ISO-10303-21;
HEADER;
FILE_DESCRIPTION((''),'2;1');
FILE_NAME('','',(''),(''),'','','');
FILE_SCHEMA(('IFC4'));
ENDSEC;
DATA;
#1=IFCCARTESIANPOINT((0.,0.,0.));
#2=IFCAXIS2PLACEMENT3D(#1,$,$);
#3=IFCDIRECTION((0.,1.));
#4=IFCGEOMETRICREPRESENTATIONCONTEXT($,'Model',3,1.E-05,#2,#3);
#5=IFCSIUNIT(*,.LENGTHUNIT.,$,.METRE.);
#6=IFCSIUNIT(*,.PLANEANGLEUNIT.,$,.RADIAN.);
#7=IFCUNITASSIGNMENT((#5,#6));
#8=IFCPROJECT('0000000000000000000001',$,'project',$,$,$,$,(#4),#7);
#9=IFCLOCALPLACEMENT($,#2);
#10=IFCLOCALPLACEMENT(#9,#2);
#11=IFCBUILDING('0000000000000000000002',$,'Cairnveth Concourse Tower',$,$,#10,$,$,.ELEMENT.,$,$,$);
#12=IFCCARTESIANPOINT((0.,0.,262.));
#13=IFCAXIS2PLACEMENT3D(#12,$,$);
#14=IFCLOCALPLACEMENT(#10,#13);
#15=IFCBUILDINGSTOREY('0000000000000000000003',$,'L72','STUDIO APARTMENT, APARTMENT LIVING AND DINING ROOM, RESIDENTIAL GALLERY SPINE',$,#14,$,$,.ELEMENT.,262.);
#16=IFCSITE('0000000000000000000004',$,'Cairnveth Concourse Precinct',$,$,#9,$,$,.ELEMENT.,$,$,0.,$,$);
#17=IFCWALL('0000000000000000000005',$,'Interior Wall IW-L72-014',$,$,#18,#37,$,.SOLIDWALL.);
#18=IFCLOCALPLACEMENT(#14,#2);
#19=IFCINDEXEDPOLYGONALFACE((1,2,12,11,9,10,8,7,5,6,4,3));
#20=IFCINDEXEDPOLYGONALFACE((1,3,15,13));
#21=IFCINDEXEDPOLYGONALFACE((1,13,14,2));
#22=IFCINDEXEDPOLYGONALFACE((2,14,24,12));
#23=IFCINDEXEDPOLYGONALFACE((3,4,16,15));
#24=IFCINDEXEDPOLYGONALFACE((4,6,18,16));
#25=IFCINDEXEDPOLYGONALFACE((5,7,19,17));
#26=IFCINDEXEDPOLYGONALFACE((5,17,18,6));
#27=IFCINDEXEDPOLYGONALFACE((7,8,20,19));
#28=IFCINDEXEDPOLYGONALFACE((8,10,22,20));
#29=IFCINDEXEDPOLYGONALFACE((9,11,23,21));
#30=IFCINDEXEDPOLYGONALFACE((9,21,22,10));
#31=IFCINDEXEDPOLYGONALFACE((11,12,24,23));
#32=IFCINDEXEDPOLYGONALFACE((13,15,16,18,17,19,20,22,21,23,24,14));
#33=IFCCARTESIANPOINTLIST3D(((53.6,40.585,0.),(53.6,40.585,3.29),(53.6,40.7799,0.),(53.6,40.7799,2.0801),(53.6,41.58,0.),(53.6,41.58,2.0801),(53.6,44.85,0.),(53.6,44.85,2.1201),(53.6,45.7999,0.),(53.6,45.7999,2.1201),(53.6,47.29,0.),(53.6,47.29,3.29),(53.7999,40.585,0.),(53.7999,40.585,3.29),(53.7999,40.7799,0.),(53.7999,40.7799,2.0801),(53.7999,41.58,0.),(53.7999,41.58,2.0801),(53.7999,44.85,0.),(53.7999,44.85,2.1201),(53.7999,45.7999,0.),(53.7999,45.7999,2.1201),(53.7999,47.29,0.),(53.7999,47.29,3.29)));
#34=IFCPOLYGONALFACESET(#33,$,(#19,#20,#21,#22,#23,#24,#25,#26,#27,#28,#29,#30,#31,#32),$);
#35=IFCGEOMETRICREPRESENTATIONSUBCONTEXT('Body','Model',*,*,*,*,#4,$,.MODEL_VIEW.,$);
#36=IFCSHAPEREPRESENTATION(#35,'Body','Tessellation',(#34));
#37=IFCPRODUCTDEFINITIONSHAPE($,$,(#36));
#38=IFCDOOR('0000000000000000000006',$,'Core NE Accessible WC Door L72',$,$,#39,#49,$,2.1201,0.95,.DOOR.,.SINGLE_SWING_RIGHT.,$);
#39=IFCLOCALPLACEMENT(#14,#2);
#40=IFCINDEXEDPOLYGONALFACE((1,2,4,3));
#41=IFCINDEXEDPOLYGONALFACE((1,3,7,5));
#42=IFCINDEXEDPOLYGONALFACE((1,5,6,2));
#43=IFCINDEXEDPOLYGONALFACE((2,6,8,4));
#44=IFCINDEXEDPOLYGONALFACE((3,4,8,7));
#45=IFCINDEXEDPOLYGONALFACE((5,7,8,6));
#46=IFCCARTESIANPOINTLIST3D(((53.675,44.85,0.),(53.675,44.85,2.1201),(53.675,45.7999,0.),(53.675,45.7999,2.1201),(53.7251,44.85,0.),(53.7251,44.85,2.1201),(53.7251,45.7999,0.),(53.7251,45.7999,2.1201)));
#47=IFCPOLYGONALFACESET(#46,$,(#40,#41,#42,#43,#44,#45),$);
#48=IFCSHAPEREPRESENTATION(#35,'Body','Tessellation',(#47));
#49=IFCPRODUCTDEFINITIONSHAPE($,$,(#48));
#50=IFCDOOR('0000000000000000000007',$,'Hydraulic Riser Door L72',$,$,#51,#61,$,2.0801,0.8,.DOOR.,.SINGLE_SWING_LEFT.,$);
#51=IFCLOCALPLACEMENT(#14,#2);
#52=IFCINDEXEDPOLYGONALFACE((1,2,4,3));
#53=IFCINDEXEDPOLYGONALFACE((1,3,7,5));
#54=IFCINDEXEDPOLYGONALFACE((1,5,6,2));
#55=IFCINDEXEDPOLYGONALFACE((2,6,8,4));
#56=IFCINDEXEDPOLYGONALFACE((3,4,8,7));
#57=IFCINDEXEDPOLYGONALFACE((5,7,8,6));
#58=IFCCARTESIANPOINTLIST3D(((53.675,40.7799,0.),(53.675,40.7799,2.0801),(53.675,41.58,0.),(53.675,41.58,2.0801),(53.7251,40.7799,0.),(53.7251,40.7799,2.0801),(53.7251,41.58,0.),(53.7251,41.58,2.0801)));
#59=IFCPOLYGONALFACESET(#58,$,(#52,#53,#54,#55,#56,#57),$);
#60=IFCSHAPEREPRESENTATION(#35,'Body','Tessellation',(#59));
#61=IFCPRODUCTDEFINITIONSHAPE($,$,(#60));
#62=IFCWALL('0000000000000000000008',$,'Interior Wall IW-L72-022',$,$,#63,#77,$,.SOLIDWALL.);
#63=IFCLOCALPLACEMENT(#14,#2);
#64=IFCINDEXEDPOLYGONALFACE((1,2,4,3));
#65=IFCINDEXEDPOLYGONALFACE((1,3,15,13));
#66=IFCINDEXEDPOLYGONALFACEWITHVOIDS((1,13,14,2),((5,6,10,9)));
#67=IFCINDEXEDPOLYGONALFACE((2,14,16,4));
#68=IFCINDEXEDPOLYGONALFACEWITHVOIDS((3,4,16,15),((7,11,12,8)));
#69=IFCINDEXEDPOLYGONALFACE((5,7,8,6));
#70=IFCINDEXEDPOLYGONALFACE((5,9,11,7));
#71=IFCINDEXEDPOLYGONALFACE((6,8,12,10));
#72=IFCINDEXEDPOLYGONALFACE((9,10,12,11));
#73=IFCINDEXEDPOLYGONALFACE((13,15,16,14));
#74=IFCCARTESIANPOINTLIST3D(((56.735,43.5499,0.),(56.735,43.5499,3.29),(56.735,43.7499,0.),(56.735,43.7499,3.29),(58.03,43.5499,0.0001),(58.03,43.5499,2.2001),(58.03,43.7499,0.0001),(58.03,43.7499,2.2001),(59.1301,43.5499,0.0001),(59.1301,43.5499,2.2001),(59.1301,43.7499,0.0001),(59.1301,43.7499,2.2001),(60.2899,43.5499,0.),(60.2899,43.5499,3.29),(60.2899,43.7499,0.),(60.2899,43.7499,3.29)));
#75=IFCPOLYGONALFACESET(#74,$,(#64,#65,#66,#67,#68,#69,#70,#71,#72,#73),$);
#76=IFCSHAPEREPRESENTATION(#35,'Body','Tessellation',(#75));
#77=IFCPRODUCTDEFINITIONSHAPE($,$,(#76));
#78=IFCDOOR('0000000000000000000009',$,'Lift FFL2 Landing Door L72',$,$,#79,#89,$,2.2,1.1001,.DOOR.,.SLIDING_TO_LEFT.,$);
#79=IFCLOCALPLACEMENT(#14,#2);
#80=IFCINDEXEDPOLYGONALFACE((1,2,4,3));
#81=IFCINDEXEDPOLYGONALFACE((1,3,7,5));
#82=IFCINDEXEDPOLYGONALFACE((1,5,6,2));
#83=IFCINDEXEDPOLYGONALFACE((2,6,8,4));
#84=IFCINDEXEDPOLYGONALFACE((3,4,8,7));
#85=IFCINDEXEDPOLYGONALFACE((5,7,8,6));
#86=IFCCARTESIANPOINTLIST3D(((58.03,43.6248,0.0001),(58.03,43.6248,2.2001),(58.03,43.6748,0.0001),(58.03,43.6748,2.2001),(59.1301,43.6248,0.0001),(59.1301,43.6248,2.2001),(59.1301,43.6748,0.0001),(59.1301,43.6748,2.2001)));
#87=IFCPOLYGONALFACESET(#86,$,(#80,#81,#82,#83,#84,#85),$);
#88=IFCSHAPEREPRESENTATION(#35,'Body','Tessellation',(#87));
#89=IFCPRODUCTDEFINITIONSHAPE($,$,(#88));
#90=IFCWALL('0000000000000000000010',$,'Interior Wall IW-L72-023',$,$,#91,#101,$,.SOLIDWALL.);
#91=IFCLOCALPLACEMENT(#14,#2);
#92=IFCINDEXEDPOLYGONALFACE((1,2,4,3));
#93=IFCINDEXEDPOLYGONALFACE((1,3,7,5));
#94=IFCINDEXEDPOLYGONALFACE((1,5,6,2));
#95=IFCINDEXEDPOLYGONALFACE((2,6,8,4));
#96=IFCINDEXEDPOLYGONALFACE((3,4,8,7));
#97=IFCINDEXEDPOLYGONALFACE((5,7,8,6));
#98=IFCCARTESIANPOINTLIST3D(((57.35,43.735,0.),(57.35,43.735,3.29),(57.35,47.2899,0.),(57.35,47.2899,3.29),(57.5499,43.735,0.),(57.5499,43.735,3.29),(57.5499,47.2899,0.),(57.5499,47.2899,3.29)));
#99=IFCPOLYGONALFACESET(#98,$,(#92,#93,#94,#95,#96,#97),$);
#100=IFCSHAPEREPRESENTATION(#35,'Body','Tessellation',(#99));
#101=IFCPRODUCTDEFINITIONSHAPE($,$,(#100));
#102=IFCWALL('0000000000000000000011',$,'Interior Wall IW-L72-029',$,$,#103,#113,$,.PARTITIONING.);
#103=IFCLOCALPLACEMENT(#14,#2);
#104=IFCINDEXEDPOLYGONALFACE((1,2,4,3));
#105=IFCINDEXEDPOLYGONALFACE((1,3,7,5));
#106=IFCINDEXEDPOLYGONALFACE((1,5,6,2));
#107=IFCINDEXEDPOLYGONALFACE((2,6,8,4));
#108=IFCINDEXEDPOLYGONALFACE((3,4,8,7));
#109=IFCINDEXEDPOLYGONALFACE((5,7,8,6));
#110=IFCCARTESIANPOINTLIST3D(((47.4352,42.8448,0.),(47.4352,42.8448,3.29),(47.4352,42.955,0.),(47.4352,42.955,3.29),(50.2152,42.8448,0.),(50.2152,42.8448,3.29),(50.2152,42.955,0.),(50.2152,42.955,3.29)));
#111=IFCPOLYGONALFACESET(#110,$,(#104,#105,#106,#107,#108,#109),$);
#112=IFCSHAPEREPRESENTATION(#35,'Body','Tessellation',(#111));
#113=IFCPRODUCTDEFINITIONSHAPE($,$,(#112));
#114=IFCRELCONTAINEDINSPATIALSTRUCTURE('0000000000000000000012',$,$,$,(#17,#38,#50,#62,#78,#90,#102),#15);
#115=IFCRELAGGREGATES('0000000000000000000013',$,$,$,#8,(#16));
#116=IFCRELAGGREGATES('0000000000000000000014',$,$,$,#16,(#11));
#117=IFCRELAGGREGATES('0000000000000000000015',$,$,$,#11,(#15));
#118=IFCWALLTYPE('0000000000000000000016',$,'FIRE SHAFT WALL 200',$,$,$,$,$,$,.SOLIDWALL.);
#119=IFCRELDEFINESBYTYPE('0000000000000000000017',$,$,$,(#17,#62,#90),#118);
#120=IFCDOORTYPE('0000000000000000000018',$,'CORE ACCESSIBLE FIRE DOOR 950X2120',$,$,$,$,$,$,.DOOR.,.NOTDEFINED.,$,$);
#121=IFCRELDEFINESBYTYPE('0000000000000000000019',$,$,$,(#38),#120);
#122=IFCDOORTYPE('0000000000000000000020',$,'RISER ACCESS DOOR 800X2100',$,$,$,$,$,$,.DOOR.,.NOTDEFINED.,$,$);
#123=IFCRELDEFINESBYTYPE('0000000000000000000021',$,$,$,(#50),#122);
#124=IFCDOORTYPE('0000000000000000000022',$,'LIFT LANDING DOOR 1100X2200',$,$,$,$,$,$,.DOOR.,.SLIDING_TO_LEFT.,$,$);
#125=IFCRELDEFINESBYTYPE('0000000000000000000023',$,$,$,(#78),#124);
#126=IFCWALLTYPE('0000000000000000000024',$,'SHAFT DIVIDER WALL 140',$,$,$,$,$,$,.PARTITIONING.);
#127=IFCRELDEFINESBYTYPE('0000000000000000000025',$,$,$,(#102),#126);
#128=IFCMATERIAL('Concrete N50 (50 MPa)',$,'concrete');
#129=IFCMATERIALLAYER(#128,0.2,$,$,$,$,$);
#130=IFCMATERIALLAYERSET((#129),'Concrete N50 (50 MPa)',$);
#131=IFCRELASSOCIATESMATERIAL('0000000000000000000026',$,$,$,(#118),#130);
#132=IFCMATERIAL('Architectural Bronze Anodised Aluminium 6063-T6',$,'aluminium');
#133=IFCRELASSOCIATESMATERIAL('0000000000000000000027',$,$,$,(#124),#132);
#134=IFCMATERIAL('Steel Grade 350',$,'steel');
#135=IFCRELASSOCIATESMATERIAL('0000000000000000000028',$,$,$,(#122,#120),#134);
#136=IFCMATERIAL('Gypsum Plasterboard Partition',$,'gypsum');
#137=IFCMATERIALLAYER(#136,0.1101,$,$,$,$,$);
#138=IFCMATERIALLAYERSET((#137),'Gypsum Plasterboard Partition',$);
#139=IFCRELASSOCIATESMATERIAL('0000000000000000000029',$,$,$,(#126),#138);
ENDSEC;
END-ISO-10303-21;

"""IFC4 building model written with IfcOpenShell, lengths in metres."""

from ifc_helpers import new_model, si_unit, direction, frame, frame_2d, origin, place, context, subcontext, project, spatial, rectangle, extrude, material, layer, layer_set, type_object, element, fill, save


model = new_model("IFC4")

# Units and contexts
model_context = context("Model", 3, precision=1e-05, world=origin(), true_north=direction((0.0, 1.0)))
body_context = subcontext(model_context, "Body", "Model", "MODEL_VIEW")
ifc_project = project(units=[si_unit("LENGTHUNIT", "METRE"), si_unit("PLANEANGLEUNIT", "RADIAN")], contexts=[model_context])

# Site, building, storey
site_placement = place(None, origin())
site = spatial("IfcSite", under=ifc_project, at=site_placement, Name="Cairnveth Concourse Precinct", CompositionType="ELEMENT", RefElevation=0.0)
building_placement = place(site_placement, origin())
building = spatial("IfcBuilding", under=site, at=building_placement, Name="Cairnveth Concourse Tower", CompositionType="ELEMENT")
storey_placement = place(building_placement, frame((0.0, 0.0, 262.0)))
storey = spatial("IfcBuildingStorey", under=building, at=storey_placement, Name="L72", Description="STUDIO APARTMENT, APARTMENT LIVING AND DINING ROOM, RESIDENTIAL GALLERY SPINE", CompositionType="ELEMENT", Elevation=262.0)

# Shared definitions
ifc_material_1 = material(Name="Concrete N50 (50 MPa)", Category="concrete")

# Shared definitions
ifc_material_2 = material(Name="Steel Grade 350", Category="steel")

# Shared definitions
ifc_layer_1 = layer(ifc_material_1, 0.2)
ifc_layer_set_1 = layer_set([ifc_layer_1], Name="Concrete N50 (50 MPa)")
wall_type_1 = type_object("IfcWallType", Name="FIRE SHAFT WALL 200", PredefinedType="SOLIDWALL", material=ifc_layer_set_1)

# Wall, openings, doors
ifc_material_3 = material(Name="Architectural Bronze Anodised Aluminium 6063-T6", Category="aluminium")
door_type_1 = type_object("IfcDoorType", Name="LIFT LANDING DOOR 1100X2200", OperationType="SLIDING_TO_LEFT", PredefinedType="DOOR", material=ifc_material_3)
door_type_2 = type_object("IfcDoorType", Name="RISER ACCESS DOOR 800X2100", OperationType="NOTDEFINED", PredefinedType="DOOR", material=ifc_material_2)
wall_1_placement = place(storey_placement, frame((53.7, 40.585, 0.0), z_axis=(0.0, 0.0, 1.0), x_axis=(0.0, 1.0, 0.0)))
wall_1 = element("IfcWall", 1, at=wall_1_placement, inside=storey, type_object=wall_type_1, Name="Interior Wall IW-L72-014", PredefinedType="SOLIDWALL", context=body_context, shape_type="SweptSolid", body=[
    extrude(rectangle(XDim=6.7051, YDim=0.2, at=frame_2d((3.3525, 0.0))), origin(), (0.0, 0.0, 1.0), 3.29),
])
opening_1_placement = place(wall_1_placement, frame((0.1951, 0.0, 0.0)))
opening_1 = element("IfcOpeningElement", 2, at=opening_1_placement, cuts=wall_1, PredefinedType="OPENING", context=body_context, shape_type="SweptSolid", body=[
    extrude(rectangle(XDim=0.8, YDim=2.0801, at=frame_2d((0.3999, 1.04))), frame((0.0, 0.1099, 0.0), z_axis=(0.0, -1.0, 0.0), x_axis=(1.0, 0.0, 0.0)), (0.0, 0.0, 1.0), 0.22),
])
opening_2_placement = place(wall_1_placement, frame((4.2649, 0.0, 0.0)))
opening_2 = element("IfcOpeningElement", 3, at=opening_2_placement, cuts=wall_1, PredefinedType="OPENING", context=body_context, shape_type="SweptSolid", body=[
    extrude(rectangle(XDim=0.95, YDim=2.1201, at=frame_2d((0.4751, 1.0601))), frame((0.0, 0.1099, 0.0), z_axis=(0.0, -1.0, 0.0), x_axis=(1.0, 0.0, 0.0)), (0.0, 0.0, 1.0), 0.22),
])
door_type_3 = type_object("IfcDoorType", Name="CORE ACCESSIBLE FIRE DOOR 950X2120", OperationType="NOTDEFINED", PredefinedType="DOOR", material=ifc_material_2)
door_1_placement = place(opening_2_placement, origin())
door_1 = element("IfcDoor", 4, at=door_1_placement, inside=storey, type_object=door_type_3, Name="Core NE Accessible WC Door L72", OperationType="SINGLE_SWING_RIGHT", OverallHeight=2.1201, OverallWidth=0.95, PredefinedType="DOOR", context=body_context, shape_type="SweptSolid", body=[
    extrude(rectangle(XDim=0.95, YDim=2.1201, at=frame_2d((0.4751, 1.0601))), frame((0.0, 0.0249, 0.0), z_axis=(0.0, -1.0, 0.0), x_axis=(1.0, 0.0, 0.0)), (0.0, 0.0, 1.0), 0.05),
])
fill(opening_2, door_1)
door_2_placement = place(opening_1_placement, origin())
door_2 = element("IfcDoor", 5, at=door_2_placement, inside=storey, type_object=door_type_2, Name="Hydraulic Riser Door L72", OperationType="SINGLE_SWING_LEFT", OverallHeight=2.0801, OverallWidth=0.8, PredefinedType="DOOR", context=body_context, shape_type="SweptSolid", body=[
    extrude(rectangle(XDim=0.8, YDim=2.0801, at=frame_2d((0.3999, 1.04))), frame((0.0, 0.0249, 0.0), z_axis=(0.0, -1.0, 0.0), x_axis=(1.0, 0.0, 0.0)), (0.0, 0.0, 1.0), 0.05),
])
fill(opening_1, door_2)

# Wall, opening, door
wall_2_placement = place(storey_placement, frame((56.7351, 43.6499, 0.0), z_axis=(0.0, 0.0, 1.0), x_axis=(1.0, 0.0, 0.0)))
wall_2 = element("IfcWall", 6, at=wall_2_placement, inside=storey, type_object=wall_type_1, Name="Interior Wall IW-L72-022", PredefinedType="SOLIDWALL", context=body_context, shape_type="SweptSolid", body=[
    extrude(rectangle(XDim=3.5549, YDim=0.2, at=frame_2d((1.7773, 0.0))), origin(), (0.0, 0.0, 1.0), 3.29),
])
opening_3_placement = place(wall_2_placement, frame((1.2949, 0.0, 0.0)))
opening_3 = element("IfcOpeningElement", 7, at=opening_3_placement, cuts=wall_2, PredefinedType="OPENING", context=body_context, shape_type="SweptSolid", body=[
    extrude(rectangle(XDim=1.1001, YDim=2.2, at=frame_2d((0.55, 1.1001))), frame((0.0, 0.1099, 0.0), z_axis=(0.0, -1.0, 0.0), x_axis=(1.0, 0.0, 0.0)), (0.0, 0.0, 1.0), 0.22),
])
door_3_placement = place(opening_3_placement, origin())
door_3 = element("IfcDoor", 8, at=door_3_placement, inside=storey, type_object=door_type_1, Name="Lift FFL2 Landing Door L72", OperationType="SLIDING_TO_LEFT", OverallHeight=2.2, OverallWidth=1.1001, PredefinedType="DOOR", context=body_context, shape_type="SweptSolid", body=[
    extrude(rectangle(XDim=1.1001, YDim=2.2, at=frame_2d((0.55, 1.1001))), frame((0.0, 0.0249, 0.0), z_axis=(0.0, -1.0, 0.0), x_axis=(1.0, 0.0, 0.0)), (0.0, 0.0, 1.0), 0.05),
])
fill(opening_3, door_3)

# Walls
wall_3_placement = place(storey_placement, frame((57.45, 43.7351, 0.0), z_axis=(0.0, 0.0, 1.0), x_axis=(0.0, 1.0, 0.0)))
element("IfcWall", 9, at=wall_3_placement, inside=storey, type_object=wall_type_1, Name="Interior Wall IW-L72-023", PredefinedType="SOLIDWALL", context=body_context, shape_type="SweptSolid", body=[
    extrude(rectangle(XDim=3.5549, YDim=0.2, at=frame_2d((1.7773, 0.0))), origin(), (0.0, 0.0, 1.0), 3.29),
])
ifc_material_4 = material(Name="Gypsum Plasterboard Partition", Category="gypsum")
ifc_layer_2 = layer(ifc_material_4, 0.1101)
ifc_layer_set_2 = layer_set([ifc_layer_2], Name="Gypsum Plasterboard Partition")
wall_type_2 = type_object("IfcWallType", Name="SHAFT DIVIDER WALL 140", PredefinedType="PARTITIONING", material=ifc_layer_set_2)
wall_4_placement = place(storey_placement, frame((47.4351, 42.8999, 0.0), z_axis=(0.0, 0.0, 1.0), x_axis=(1.0, 0.0, 0.0)))
element("IfcWall", 10, at=wall_4_placement, inside=storey, type_object=wall_type_2, Name="Interior Wall IW-L72-029", PredefinedType="PARTITIONING", context=body_context, shape_type="SweptSolid", body=[
    extrude(rectangle(XDim=2.78, YDim=0.1101, at=frame_2d((1.3901, 0.0))), origin(), (0.0, 0.0, 1.0), 3.29),
])

save(model, "model.ifc")
